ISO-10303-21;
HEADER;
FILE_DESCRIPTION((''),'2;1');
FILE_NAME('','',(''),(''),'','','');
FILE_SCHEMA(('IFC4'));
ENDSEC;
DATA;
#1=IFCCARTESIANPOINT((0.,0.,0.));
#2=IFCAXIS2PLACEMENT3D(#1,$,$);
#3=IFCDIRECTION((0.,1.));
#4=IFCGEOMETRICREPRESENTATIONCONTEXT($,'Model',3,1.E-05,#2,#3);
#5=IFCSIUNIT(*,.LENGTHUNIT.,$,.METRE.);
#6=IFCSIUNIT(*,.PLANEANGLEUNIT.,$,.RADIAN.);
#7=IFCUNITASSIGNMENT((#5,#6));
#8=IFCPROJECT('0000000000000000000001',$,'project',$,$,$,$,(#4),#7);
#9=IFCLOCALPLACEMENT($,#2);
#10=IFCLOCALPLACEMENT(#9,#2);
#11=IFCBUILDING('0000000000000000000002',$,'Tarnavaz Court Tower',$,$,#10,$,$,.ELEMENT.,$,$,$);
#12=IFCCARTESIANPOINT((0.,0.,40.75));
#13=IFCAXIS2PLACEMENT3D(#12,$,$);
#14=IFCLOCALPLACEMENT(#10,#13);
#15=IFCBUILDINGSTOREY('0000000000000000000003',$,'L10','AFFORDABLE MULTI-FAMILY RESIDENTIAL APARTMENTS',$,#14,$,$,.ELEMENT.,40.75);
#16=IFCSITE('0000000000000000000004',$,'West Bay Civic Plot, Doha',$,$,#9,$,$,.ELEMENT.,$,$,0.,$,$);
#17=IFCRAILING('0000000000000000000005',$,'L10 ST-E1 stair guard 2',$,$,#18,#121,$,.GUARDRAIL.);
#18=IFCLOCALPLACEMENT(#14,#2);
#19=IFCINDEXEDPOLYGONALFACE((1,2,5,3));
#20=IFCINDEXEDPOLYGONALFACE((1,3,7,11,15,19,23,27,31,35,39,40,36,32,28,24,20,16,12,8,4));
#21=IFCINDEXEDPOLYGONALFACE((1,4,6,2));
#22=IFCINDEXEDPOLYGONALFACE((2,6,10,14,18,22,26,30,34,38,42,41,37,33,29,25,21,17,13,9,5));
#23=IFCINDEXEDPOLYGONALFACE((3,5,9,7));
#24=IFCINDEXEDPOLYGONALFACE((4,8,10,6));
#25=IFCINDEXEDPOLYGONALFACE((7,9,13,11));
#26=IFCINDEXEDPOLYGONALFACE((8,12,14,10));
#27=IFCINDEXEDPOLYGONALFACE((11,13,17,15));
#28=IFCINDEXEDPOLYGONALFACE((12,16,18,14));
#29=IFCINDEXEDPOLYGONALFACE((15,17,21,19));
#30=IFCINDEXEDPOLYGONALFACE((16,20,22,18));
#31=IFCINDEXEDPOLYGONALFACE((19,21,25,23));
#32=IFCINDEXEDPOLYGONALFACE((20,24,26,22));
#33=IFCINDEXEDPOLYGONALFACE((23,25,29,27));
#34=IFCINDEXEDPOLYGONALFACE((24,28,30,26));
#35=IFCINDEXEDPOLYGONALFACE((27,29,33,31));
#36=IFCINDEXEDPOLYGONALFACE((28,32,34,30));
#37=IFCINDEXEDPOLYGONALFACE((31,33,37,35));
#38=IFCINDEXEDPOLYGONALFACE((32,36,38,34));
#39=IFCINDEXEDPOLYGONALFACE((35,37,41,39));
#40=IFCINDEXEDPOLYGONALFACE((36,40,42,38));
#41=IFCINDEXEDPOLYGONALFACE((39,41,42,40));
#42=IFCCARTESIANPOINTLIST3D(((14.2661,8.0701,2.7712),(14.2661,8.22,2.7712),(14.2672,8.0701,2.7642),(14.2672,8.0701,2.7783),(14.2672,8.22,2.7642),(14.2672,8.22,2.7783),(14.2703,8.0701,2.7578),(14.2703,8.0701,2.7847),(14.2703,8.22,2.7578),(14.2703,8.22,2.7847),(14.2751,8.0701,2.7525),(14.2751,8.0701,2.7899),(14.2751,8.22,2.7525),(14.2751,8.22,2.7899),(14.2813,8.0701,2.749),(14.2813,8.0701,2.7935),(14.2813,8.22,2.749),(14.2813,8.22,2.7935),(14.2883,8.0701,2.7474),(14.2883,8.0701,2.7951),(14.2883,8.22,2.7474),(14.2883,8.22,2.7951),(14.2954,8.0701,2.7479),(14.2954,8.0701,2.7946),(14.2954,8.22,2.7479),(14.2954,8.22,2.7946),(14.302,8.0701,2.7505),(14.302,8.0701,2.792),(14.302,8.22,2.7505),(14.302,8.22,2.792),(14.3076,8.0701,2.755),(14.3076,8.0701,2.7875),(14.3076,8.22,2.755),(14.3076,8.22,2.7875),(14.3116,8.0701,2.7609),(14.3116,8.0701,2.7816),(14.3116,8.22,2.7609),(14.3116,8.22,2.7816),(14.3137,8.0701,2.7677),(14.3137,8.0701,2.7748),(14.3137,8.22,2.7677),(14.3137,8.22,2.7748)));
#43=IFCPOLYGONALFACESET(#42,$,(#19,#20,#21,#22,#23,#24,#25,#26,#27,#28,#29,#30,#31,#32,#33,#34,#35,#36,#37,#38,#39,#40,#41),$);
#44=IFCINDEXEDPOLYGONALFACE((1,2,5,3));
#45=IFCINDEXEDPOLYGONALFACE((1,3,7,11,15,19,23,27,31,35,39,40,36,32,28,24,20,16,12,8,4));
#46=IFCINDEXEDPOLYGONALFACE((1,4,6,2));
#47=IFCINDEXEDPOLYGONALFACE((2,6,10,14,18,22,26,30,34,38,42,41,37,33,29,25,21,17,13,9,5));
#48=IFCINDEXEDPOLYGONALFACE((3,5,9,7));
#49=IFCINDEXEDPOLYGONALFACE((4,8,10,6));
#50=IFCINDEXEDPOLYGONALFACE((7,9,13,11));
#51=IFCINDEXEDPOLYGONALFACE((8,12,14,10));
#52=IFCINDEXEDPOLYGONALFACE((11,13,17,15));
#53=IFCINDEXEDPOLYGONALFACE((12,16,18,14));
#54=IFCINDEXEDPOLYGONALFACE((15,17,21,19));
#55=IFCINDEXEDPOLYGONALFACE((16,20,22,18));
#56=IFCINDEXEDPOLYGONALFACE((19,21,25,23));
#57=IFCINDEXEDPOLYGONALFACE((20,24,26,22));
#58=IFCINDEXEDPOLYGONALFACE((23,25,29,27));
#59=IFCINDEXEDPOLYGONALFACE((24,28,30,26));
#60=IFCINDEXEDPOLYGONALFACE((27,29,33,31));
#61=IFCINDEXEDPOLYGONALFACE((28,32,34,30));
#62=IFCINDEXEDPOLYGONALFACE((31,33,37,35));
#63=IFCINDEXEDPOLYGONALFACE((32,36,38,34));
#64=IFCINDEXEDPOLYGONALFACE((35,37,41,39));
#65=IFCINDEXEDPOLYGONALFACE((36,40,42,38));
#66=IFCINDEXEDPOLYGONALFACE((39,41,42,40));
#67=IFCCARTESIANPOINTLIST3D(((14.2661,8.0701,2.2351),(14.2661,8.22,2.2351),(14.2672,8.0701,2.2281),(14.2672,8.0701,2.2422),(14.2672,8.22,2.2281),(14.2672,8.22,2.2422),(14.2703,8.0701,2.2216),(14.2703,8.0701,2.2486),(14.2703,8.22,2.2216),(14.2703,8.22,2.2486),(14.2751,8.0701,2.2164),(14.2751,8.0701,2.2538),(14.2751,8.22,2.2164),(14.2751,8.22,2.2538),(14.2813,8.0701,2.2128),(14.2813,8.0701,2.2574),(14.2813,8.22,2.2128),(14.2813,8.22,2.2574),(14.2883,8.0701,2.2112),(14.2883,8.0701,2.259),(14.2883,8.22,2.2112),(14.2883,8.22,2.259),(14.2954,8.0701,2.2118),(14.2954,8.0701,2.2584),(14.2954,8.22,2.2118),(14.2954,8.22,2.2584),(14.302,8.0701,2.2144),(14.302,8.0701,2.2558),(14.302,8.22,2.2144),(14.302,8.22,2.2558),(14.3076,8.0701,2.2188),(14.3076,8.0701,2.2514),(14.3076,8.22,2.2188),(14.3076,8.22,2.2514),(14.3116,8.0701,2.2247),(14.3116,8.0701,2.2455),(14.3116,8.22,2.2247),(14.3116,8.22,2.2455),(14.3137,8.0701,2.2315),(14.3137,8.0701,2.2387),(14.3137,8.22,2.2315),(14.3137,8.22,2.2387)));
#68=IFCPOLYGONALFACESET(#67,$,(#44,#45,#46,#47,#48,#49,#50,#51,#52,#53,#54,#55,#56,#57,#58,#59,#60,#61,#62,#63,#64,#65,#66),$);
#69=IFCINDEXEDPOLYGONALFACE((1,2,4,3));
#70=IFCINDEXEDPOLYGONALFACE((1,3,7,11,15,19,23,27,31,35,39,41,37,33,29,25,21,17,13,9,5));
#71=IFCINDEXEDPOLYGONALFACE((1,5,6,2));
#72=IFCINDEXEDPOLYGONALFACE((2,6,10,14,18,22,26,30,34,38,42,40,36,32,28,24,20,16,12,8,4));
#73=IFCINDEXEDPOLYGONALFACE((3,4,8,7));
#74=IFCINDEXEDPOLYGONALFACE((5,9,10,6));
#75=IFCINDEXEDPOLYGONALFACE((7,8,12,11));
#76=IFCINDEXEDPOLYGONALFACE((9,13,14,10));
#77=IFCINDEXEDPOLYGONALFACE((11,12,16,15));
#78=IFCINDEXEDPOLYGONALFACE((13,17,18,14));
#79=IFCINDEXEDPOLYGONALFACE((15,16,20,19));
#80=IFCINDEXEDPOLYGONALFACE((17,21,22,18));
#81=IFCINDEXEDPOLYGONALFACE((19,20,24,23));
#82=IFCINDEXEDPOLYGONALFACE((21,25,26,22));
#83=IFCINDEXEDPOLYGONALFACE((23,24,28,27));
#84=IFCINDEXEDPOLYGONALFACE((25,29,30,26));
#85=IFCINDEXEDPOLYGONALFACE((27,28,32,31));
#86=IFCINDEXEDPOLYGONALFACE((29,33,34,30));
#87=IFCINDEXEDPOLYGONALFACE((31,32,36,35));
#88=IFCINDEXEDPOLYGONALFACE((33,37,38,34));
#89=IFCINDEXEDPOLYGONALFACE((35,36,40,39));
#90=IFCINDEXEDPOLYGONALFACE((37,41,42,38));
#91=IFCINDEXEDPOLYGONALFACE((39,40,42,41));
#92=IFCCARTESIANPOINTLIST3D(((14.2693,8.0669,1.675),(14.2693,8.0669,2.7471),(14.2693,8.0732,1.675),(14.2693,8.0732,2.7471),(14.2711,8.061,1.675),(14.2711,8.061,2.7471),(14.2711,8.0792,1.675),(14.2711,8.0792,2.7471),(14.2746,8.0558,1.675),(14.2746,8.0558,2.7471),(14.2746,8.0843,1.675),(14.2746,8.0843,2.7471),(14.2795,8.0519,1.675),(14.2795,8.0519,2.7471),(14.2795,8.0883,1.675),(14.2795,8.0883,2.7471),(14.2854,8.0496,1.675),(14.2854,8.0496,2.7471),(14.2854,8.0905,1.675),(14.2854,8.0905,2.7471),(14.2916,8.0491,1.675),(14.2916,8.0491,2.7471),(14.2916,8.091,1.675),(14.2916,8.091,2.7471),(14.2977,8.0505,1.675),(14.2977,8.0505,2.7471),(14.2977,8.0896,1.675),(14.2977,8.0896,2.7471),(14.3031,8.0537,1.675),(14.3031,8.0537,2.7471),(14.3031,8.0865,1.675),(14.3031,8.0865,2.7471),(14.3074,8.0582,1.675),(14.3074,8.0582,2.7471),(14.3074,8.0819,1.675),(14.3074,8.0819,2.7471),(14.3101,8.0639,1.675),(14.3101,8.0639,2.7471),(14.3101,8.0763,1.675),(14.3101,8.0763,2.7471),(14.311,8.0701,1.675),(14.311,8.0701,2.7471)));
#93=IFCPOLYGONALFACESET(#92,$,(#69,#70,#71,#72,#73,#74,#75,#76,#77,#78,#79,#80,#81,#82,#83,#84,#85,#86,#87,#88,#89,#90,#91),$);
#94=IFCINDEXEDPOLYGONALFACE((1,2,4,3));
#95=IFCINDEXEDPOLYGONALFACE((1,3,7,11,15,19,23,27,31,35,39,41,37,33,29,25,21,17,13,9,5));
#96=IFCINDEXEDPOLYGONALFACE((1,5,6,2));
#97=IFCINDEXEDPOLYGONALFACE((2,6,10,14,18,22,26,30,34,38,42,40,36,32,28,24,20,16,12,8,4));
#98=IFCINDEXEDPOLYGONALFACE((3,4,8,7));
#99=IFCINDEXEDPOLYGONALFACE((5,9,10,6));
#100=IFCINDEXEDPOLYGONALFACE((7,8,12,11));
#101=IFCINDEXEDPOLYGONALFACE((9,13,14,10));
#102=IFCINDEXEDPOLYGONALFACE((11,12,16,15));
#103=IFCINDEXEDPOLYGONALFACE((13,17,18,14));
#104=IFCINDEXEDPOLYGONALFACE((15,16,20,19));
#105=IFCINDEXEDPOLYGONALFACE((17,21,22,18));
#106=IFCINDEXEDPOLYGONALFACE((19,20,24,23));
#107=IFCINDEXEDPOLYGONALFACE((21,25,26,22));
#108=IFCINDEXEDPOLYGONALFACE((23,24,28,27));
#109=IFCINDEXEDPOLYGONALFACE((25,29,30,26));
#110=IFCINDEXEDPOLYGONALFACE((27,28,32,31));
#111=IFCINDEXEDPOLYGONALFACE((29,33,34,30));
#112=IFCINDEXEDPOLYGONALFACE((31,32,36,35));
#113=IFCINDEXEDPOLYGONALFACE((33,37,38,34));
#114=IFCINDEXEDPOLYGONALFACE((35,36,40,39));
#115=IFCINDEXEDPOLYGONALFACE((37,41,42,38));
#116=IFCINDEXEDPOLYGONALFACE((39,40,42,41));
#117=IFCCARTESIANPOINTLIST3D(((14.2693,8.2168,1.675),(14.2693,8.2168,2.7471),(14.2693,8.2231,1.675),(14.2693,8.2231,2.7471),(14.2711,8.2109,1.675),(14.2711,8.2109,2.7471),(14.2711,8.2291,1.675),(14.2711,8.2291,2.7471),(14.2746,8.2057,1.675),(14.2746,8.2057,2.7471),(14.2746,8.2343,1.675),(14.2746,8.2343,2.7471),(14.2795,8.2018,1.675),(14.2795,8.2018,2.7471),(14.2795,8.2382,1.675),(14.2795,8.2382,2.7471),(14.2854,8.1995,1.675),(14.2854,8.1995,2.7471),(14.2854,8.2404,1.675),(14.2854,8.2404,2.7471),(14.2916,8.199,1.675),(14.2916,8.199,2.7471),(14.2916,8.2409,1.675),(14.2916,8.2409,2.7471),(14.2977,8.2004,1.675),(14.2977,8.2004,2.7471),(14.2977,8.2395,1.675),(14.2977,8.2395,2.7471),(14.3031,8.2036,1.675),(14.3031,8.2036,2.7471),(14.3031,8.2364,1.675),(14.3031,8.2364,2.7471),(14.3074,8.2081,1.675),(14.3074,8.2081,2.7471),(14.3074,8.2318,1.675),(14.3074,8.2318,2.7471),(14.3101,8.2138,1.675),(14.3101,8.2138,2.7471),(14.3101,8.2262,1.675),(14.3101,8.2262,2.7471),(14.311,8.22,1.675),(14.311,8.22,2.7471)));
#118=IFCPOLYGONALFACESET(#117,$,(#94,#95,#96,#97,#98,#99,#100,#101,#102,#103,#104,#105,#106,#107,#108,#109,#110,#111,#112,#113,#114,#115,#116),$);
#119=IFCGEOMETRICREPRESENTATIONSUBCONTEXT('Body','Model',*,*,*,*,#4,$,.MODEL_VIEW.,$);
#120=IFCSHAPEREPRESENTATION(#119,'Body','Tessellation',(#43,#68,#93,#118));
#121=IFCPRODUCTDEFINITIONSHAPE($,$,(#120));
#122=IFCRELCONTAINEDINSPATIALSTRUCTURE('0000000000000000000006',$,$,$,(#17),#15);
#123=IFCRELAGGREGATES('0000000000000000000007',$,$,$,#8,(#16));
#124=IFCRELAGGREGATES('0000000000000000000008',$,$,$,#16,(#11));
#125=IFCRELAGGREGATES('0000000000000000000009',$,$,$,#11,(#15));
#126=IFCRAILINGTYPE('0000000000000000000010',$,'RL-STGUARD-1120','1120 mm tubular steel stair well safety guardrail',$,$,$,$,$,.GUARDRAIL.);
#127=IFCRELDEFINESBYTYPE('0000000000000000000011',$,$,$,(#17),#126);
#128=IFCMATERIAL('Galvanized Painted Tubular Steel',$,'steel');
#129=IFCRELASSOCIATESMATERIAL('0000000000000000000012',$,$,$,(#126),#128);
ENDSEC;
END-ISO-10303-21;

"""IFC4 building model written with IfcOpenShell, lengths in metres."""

from ifc_helpers import new_model, si_unit, direction, frame, origin, origin_2d, place, context, subcontext, project, spatial, circle, extrude, material, type_object, element, save


model = new_model("IFC4")

# Units and contexts
model_context = context("Model", 3, precision=1e-05, world=origin(), true_north=direction((0.0, 1.0)))
body_context = subcontext(model_context, "Body", "Model", "MODEL_VIEW")
ifc_project = project(units=[si_unit("LENGTHUNIT", "METRE"), si_unit("PLANEANGLEUNIT", "RADIAN")], contexts=[model_context])

# Site, building, storey
site_placement = place(None, origin())
site = spatial("IfcSite", under=ifc_project, at=site_placement, Name="West Bay Civic Plot, Doha", CompositionType="ELEMENT", RefElevation=0.0)
building_placement = place(site_placement, origin())
building = spatial("IfcBuilding", under=site, at=building_placement, Name="Tarnavaz Court Tower", CompositionType="ELEMENT")
storey_placement = place(building_placement, frame((0.0, 0.0, 40.75)))
storey = spatial("IfcBuildingStorey", under=building, at=storey_placement, Name="L10", Description="AFFORDABLE MULTI-FAMILY RESIDENTIAL APARTMENTS", CompositionType="ELEMENT", Elevation=40.75)

# Railing
ifc_material_1 = material(Name="Galvanized Painted Tubular Steel", Category="steel")
railing_type_1 = type_object("IfcRailingType", Name="RL-STGUARD-1120", Description="1120 mm tubular steel stair well safety guardrail", PredefinedType="GUARDRAIL", material=ifc_material_1)
railing_1_placement = place(storey_placement, frame((14.29, 8.0701, 1.675)))
element("IfcRailing", 1, at=railing_1_placement, inside=storey, type_object=railing_type_1, Name="L10 ST-E1 stair guard 2", PredefinedType="GUARDRAIL", context=body_context, shape_type="SweptSolid", body=[
    extrude(circle(Radius=0.0239, at=origin_2d()), frame((0.0, 0.0, 1.0962), z_axis=(0.0, 1.0, 0.0), x_axis=(-1.0, 0.0, 0.0)), (0.0, 0.0, 1.0), 0.1499),
    extrude(circle(Radius=0.0239, at=origin_2d()), frame((0.0, 0.0, 0.5601), z_axis=(0.0, 1.0, 0.0), x_axis=(-1.0, 0.0, 0.0)), (0.0, 0.0, 1.0), 0.1499),
    extrude(circle(Radius=0.021, at=origin_2d()), origin(), (0.0, 0.0, 1.0), 1.072),
    extrude(circle(Radius=0.021, at=origin_2d()), frame((0.0, 0.1499, 0.0)), (0.0, 0.0, 1.0), 1.072),
])

save(model, "model.ifc")
